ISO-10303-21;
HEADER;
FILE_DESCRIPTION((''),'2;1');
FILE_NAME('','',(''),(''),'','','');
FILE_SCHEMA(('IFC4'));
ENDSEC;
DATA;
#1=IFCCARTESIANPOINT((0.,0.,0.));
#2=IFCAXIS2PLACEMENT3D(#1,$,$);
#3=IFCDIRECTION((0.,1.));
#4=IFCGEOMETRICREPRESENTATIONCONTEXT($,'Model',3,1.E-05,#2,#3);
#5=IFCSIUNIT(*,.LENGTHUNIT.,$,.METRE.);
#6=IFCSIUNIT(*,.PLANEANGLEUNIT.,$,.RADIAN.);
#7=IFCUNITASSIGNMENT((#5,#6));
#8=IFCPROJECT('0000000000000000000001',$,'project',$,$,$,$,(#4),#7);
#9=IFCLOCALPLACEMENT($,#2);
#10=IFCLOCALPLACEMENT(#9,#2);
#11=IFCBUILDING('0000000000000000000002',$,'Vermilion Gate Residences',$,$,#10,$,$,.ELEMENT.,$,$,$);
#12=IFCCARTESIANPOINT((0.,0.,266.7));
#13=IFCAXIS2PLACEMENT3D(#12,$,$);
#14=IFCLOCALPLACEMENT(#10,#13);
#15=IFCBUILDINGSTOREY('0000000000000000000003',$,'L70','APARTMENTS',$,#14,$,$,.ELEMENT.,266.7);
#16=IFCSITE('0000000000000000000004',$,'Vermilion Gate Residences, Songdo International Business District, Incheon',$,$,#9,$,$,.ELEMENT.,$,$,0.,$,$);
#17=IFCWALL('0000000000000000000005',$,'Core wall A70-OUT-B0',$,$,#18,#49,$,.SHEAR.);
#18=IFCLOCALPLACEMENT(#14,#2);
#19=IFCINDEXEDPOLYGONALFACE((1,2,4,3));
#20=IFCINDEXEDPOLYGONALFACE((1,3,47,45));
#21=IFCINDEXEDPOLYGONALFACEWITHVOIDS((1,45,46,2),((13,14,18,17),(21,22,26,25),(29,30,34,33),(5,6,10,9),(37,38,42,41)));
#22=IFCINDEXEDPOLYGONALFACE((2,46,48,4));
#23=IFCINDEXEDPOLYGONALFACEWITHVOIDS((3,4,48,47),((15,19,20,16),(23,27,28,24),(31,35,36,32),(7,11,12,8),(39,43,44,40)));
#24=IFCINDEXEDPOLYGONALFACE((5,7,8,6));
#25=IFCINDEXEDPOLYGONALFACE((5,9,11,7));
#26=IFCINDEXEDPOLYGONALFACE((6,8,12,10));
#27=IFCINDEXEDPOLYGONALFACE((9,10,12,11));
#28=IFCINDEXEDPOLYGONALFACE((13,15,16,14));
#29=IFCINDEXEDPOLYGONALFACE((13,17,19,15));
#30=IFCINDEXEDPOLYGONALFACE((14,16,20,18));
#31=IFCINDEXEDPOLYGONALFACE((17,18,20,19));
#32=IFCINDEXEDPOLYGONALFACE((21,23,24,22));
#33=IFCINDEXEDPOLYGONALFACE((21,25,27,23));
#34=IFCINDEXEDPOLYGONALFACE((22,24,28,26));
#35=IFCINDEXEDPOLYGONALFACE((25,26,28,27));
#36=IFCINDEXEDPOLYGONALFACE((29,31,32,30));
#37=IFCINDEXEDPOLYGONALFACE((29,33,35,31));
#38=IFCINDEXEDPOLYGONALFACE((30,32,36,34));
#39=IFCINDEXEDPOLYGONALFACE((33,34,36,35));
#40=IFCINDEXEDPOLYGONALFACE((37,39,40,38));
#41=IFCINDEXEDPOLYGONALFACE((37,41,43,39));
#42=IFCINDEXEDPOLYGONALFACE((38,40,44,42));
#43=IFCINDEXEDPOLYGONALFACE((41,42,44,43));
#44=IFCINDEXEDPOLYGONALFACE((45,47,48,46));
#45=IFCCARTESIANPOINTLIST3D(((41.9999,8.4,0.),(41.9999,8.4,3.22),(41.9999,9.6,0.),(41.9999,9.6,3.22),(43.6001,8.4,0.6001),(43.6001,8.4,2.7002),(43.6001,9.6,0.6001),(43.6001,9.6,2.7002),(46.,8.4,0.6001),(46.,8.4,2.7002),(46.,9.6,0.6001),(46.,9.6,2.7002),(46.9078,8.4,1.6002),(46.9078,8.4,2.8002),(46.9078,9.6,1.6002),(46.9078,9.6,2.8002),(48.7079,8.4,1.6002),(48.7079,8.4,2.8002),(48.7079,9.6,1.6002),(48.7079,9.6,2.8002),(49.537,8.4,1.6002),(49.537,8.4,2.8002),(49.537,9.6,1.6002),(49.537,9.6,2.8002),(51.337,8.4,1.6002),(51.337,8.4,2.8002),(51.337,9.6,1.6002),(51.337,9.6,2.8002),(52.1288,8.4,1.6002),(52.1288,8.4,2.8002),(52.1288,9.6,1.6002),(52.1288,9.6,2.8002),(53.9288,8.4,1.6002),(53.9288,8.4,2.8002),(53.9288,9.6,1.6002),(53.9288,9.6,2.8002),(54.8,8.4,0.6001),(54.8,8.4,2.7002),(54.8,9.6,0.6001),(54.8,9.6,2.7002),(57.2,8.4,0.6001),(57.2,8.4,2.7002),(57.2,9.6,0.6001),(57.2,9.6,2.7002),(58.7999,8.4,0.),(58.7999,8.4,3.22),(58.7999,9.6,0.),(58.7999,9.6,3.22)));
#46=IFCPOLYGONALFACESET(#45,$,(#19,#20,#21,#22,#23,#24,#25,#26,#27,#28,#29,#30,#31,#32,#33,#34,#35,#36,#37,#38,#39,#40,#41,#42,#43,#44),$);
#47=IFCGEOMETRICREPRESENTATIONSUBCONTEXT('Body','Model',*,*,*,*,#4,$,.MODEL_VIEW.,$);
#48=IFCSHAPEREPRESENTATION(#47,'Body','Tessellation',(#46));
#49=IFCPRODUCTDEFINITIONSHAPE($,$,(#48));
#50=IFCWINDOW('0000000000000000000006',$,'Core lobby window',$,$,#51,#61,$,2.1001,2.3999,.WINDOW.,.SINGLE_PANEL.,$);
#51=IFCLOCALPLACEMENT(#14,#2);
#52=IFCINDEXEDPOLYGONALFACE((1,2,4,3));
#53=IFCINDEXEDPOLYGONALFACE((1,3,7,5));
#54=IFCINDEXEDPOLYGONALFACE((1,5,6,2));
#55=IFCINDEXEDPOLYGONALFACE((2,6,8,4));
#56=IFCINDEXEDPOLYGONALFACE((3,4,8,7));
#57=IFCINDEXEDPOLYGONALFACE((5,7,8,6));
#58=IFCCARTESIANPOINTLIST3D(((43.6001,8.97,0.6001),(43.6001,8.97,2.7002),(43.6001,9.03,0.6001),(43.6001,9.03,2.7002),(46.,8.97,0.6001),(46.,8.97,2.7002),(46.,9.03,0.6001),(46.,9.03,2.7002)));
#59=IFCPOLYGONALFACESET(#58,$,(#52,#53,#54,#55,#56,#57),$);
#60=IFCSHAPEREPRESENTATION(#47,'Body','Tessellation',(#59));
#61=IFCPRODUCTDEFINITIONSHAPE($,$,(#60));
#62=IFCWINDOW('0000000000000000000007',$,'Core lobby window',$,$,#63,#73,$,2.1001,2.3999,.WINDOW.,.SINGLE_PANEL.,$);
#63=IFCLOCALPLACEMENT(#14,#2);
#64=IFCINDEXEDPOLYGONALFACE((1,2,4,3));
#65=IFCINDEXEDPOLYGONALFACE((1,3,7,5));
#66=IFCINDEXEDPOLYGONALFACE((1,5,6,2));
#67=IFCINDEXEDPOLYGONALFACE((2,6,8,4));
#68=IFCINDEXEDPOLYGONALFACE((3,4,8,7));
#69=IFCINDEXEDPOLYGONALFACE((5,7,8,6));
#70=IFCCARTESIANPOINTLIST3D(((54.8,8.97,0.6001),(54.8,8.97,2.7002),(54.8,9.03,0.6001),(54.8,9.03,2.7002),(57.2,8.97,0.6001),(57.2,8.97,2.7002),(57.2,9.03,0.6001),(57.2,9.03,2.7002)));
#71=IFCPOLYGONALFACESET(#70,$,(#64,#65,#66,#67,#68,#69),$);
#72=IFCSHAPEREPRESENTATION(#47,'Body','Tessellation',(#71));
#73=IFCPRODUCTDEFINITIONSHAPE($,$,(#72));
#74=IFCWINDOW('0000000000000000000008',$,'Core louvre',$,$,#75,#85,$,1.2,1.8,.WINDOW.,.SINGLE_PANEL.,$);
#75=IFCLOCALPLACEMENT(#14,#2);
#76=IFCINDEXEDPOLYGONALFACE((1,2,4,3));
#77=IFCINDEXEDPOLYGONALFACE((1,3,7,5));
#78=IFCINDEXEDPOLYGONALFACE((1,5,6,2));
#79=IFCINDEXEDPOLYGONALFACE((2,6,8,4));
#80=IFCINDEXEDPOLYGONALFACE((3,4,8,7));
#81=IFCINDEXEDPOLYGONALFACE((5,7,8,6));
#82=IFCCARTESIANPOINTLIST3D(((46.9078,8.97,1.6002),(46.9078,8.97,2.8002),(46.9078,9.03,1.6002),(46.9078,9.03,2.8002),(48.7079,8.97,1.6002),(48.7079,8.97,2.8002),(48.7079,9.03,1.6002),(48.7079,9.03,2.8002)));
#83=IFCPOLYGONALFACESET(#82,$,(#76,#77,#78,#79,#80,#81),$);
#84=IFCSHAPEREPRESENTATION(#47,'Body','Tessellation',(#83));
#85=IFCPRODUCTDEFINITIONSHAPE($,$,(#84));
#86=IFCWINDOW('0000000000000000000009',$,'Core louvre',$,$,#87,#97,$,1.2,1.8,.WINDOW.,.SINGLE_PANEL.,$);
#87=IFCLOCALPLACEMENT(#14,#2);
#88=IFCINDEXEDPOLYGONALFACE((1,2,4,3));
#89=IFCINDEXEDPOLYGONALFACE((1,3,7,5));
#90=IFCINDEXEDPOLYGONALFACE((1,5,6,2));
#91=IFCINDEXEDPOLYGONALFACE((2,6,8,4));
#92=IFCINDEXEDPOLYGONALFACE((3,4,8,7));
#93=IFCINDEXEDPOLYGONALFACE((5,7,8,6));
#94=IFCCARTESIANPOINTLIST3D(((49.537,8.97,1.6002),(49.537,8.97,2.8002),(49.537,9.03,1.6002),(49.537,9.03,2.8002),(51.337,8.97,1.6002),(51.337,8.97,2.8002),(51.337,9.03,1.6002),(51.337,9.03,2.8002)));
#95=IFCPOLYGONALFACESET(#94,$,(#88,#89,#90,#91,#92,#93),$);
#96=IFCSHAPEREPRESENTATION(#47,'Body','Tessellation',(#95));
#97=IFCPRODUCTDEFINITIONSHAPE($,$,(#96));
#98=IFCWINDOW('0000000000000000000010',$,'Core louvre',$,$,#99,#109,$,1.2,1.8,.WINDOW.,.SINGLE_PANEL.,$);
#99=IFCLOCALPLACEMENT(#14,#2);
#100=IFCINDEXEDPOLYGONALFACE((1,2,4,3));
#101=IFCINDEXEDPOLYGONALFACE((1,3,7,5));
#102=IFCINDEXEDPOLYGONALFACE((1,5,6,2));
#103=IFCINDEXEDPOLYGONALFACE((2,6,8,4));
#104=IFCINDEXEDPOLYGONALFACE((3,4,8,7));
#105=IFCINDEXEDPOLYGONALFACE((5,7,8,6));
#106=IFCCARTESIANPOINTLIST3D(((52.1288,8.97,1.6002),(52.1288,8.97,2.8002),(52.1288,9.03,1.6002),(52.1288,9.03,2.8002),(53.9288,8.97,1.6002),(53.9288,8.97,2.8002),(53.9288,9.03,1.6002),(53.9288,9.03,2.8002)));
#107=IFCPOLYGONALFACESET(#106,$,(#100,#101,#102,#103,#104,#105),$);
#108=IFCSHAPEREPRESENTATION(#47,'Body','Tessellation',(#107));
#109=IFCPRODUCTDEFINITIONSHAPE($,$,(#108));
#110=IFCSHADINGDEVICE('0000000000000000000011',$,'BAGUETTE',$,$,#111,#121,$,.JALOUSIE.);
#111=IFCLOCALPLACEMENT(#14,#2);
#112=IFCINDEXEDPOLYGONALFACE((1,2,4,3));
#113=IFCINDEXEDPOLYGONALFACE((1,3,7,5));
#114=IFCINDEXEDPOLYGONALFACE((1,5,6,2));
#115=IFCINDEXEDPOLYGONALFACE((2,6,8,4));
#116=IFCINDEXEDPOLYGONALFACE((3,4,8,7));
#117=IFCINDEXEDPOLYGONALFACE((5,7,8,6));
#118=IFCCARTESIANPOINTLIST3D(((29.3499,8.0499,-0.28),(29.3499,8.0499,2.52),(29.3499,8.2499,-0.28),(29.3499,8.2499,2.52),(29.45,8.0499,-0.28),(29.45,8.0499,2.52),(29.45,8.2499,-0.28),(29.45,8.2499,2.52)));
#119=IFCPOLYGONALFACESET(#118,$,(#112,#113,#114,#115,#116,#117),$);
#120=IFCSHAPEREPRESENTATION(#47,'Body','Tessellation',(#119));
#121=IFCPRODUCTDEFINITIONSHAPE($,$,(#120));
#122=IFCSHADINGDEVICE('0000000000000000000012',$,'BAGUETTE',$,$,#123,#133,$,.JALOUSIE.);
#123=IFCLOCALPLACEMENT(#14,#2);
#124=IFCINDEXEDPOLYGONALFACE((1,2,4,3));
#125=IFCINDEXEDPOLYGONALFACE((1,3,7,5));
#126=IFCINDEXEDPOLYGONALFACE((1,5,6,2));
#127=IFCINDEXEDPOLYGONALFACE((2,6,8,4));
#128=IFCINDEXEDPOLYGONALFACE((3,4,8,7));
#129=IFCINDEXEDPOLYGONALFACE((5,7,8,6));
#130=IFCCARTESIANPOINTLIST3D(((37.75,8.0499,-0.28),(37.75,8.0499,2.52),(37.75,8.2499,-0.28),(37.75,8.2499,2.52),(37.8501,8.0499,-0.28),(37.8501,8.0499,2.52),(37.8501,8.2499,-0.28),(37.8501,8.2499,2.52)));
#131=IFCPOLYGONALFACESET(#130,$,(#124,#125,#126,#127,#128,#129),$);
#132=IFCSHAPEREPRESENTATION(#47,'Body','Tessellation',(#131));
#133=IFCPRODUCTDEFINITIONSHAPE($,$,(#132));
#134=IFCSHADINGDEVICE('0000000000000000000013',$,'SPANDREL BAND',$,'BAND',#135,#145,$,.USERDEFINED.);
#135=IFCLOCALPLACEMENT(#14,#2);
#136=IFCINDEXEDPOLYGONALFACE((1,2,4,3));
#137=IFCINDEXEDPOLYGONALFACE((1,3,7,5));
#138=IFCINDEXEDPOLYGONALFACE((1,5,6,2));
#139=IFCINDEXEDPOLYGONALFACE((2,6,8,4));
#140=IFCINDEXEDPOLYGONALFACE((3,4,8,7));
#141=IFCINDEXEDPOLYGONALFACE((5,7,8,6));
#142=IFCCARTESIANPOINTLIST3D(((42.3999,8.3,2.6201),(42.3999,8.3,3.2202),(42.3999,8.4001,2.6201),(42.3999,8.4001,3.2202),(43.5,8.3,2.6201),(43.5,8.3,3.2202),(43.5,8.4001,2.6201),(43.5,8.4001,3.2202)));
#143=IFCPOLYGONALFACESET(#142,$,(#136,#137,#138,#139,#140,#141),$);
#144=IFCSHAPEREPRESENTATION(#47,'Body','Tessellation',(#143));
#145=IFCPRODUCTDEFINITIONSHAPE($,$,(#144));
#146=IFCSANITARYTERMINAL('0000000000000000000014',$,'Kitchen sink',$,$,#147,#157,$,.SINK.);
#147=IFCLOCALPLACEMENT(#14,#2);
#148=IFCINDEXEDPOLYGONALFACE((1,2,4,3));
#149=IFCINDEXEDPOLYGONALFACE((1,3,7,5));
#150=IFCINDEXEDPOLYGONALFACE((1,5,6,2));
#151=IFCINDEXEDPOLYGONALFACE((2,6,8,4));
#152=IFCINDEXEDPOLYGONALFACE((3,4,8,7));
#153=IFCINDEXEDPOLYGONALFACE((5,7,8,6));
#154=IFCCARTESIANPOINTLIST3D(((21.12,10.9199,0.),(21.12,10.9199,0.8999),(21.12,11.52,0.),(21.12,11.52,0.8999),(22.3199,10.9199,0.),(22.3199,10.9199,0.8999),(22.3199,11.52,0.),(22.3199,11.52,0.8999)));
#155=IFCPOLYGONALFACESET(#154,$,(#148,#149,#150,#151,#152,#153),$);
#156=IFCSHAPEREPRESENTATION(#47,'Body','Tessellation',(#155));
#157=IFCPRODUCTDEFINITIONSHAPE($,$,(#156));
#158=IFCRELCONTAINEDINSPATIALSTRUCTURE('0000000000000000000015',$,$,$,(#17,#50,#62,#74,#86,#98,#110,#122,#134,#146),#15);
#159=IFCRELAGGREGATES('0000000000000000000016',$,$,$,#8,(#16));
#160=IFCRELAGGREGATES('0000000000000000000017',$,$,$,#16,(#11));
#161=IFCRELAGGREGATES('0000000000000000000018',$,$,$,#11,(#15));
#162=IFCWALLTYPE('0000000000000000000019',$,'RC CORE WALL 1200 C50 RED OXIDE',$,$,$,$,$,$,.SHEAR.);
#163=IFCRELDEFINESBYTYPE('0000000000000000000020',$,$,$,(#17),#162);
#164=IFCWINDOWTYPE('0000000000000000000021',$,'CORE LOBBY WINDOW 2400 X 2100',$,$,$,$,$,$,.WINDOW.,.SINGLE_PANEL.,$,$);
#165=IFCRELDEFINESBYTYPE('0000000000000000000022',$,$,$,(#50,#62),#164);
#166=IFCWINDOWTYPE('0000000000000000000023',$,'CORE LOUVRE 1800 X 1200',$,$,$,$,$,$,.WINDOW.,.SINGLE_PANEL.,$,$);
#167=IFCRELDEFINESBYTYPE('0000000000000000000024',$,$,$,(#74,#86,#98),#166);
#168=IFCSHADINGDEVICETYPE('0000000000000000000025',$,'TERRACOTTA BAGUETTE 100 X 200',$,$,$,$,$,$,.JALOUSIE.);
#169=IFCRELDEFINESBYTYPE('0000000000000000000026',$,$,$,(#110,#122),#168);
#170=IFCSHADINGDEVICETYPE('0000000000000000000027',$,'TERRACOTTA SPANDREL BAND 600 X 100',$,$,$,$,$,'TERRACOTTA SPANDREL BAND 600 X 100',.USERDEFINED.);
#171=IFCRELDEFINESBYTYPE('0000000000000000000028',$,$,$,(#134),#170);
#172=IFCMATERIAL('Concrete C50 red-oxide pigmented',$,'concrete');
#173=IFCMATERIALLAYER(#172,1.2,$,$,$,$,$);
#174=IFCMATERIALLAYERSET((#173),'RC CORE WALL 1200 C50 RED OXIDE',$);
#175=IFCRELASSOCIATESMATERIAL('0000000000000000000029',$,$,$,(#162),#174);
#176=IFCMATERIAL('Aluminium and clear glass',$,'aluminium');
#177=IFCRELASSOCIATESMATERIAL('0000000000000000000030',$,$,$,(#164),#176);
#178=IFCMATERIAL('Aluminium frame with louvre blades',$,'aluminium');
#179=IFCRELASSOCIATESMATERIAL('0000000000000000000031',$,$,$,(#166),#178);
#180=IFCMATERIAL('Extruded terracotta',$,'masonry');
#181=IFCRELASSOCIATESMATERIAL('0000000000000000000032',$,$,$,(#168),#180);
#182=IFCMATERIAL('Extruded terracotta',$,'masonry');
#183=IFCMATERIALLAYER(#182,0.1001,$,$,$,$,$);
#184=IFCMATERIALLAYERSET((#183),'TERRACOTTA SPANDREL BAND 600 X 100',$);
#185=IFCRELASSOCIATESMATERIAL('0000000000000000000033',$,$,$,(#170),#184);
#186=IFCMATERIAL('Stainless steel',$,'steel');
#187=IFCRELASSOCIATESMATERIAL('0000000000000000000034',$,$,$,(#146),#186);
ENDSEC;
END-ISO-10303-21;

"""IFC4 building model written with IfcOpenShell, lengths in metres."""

from ifc_helpers import new_model, si_unit, direction, frame, frame_2d, origin, origin_2d, place, context, subcontext, project, spatial, rectangle, extrude, material, layer, layer_set, material_profile, profile_set, type_object, element, fill, save


model = new_model("IFC4")

# Units and contexts
model_context = context("Model", 3, precision=1e-05, world=origin(), true_north=direction((0.0, 1.0)))
body_context = subcontext(model_context, "Body", "Model", "MODEL_VIEW")
ifc_project = project(units=[si_unit("LENGTHUNIT", "METRE"), si_unit("PLANEANGLEUNIT", "RADIAN")], contexts=[model_context])

# Site, building, storey
site_placement = place(None, origin())
site = spatial("IfcSite", under=ifc_project, at=site_placement, Name="Vermilion Gate Residences, Songdo International Business District, Incheon", CompositionType="ELEMENT", RefElevation=0.0)
building_placement = place(site_placement, origin())
building = spatial("IfcBuilding", under=site, at=building_placement, Name="Vermilion Gate Residences", CompositionType="ELEMENT")
storey_placement = place(building_placement, frame((0.0, 0.0, 266.7)))
storey = spatial("IfcBuildingStorey", under=building, at=storey_placement, Name="L70", Description="APARTMENTS", CompositionType="ELEMENT", Elevation=266.7)

# Wall, openings, windows
ifc_material_1 = material(Name="Concrete C50 red-oxide pigmented", Category="concrete")
ifc_layer_1 = layer(ifc_material_1, 1.2)
ifc_layer_set_1 = layer_set([ifc_layer_1], Name="RC CORE WALL 1200 C50 RED OXIDE")
wall_type_1 = type_object("IfcWallType", Name="RC CORE WALL 1200 C50 RED OXIDE", PredefinedType="SHEAR", material=ifc_layer_set_1)
wall_1_placement = place(storey_placement, frame((42.0, 9.0, 0.0), z_axis=(0.0, 0.0, 1.0), x_axis=(1.0, 0.0, 0.0)))
wall_1 = element("IfcWall", 1, at=wall_1_placement, inside=storey, type_object=wall_type_1, Name="Core wall A70-OUT-B0", PredefinedType="SHEAR", context=body_context, shape_type="SweptSolid", body=[
    extrude(rectangle(XDim=16.8, YDim=1.2, at=frame_2d((8.3999, 0.0))), origin(), (0.0, 0.0, 1.0), 3.22),
])
opening_1_placement = place(wall_1_placement, frame((1.6001, 0.0, 0.6001)))
opening_1 = element("IfcOpeningElement", 2, at=opening_1_placement, cuts=wall_1, PredefinedType="OPENING", context=body_context, shape_type="SweptSolid", body=[
    extrude(rectangle(XDim=2.3999, YDim=2.1001, at=frame_2d((1.2, 1.05))), frame((0.0, 0.6099, 0.0), z_axis=(0.0, -1.0, 0.0), x_axis=(1.0, 0.0, 0.0)), (0.0, 0.0, 1.0), 1.22),
])
opening_2_placement = place(wall_1_placement, frame((4.908, 0.0, 1.6001)))
opening_2 = element("IfcOpeningElement", 3, at=opening_2_placement, cuts=wall_1, PredefinedType="OPENING", context=body_context, shape_type="SweptSolid", body=[
    extrude(rectangle(XDim=1.8, YDim=1.2, at=frame_2d((0.8999, 0.6001))), frame((0.0, 0.6099, 0.0), z_axis=(0.0, -1.0, 0.0), x_axis=(1.0, 0.0, 0.0)), (0.0, 0.0, 1.0), 1.22),
])
opening_3_placement = place(wall_1_placement, frame((7.5371, 0.0, 1.6001)))
opening_3 = element("IfcOpeningElement", 4, at=opening_3_placement, cuts=wall_1, PredefinedType="OPENING", context=body_context, shape_type="SweptSolid", body=[
    extrude(rectangle(XDim=1.8, YDim=1.2, at=frame_2d((0.8999, 0.6001))), frame((0.0, 0.6099, 0.0), z_axis=(0.0, -1.0, 0.0), x_axis=(1.0, 0.0, 0.0)), (0.0, 0.0, 1.0), 1.22),
])
opening_4_placement = place(wall_1_placement, frame((10.1289, 0.0, 1.6001)))
opening_4 = element("IfcOpeningElement", 5, at=opening_4_placement, cuts=wall_1, PredefinedType="OPENING", context=body_context, shape_type="SweptSolid", body=[
    extrude(rectangle(XDim=1.8, YDim=1.2, at=frame_2d((0.8999, 0.6001))), frame((0.0, 0.6099, 0.0), z_axis=(0.0, -1.0, 0.0), x_axis=(1.0, 0.0, 0.0)), (0.0, 0.0, 1.0), 1.22),
])
opening_5_placement = place(wall_1_placement, frame((12.8, 0.0, 0.6001)))
opening_5 = element("IfcOpeningElement", 6, at=opening_5_placement, cuts=wall_1, PredefinedType="OPENING", context=body_context, shape_type="SweptSolid", body=[
    extrude(rectangle(XDim=2.3999, YDim=2.1001, at=frame_2d((1.2, 1.05))), frame((0.0, 0.6099, 0.0), z_axis=(0.0, -1.0, 0.0), x_axis=(1.0, 0.0, 0.0)), (0.0, 0.0, 1.0), 1.22),
])
ifc_material_2 = material(Name="Aluminium and clear glass", Category="aluminium")
window_type_1 = type_object("IfcWindowType", Name="CORE LOBBY WINDOW 2400 X 2100", PartitioningType="SINGLE_PANEL", PredefinedType="WINDOW", material=ifc_material_2)
window_1_placement = place(opening_1_placement, origin())
window_1 = element("IfcWindow", 7, at=window_1_placement, inside=storey, type_object=window_type_1, Name="Core lobby window", OverallHeight=2.1001, OverallWidth=2.3999, PartitioningType="SINGLE_PANEL", PredefinedType="WINDOW", context=body_context, shape_type="SweptSolid", body=[
    extrude(rectangle(XDim=2.3999, YDim=2.1001, at=frame_2d((1.2, 1.05))), frame((0.0, 0.03, 0.0), z_axis=(0.0, -1.0, 0.0), x_axis=(1.0, 0.0, 0.0)), (0.0, 0.0, 1.0), 0.0601),
])
fill(opening_1, window_1)
window_2_placement = place(opening_5_placement, origin())
window_2 = element("IfcWindow", 8, at=window_2_placement, inside=storey, type_object=window_type_1, Name="Core lobby window", OverallHeight=2.1001, OverallWidth=2.3999, PartitioningType="SINGLE_PANEL", PredefinedType="WINDOW", context=body_context, shape_type="SweptSolid", body=[
    extrude(rectangle(XDim=2.3999, YDim=2.1001, at=frame_2d((1.2, 1.05))), frame((0.0, 0.03, 0.0), z_axis=(0.0, -1.0, 0.0), x_axis=(1.0, 0.0, 0.0)), (0.0, 0.0, 1.0), 0.0601),
])
fill(opening_5, window_2)
ifc_material_3 = material(Name="Aluminium frame with louvre blades", Category="aluminium")
window_type_2 = type_object("IfcWindowType", Name="CORE LOUVRE 1800 X 1200", PartitioningType="SINGLE_PANEL", PredefinedType="WINDOW", material=ifc_material_3)
window_3_placement = place(opening_2_placement, origin())
window_3 = element("IfcWindow", 9, at=window_3_placement, inside=storey, type_object=window_type_2, Name="Core louvre", OverallHeight=1.2, OverallWidth=1.8, PartitioningType="SINGLE_PANEL", PredefinedType="WINDOW", context=body_context, shape_type="SweptSolid", body=[
    extrude(rectangle(XDim=1.8, YDim=1.2, at=frame_2d((0.8999, 0.6001))), frame((0.0, 0.03, 0.0), z_axis=(0.0, -1.0, 0.0), x_axis=(1.0, 0.0, 0.0)), (0.0, 0.0, 1.0), 0.0601),
])
fill(opening_2, window_3)
window_4_placement = place(opening_3_placement, origin())
window_4 = element("IfcWindow", 10, at=window_4_placement, inside=storey, type_object=window_type_2, Name="Core louvre", OverallHeight=1.2, OverallWidth=1.8, PartitioningType="SINGLE_PANEL", PredefinedType="WINDOW", context=body_context, shape_type="SweptSolid", body=[
    extrude(rectangle(XDim=1.8, YDim=1.2, at=frame_2d((0.8999, 0.6001))), frame((0.0, 0.03, 0.0), z_axis=(0.0, -1.0, 0.0), x_axis=(1.0, 0.0, 0.0)), (0.0, 0.0, 1.0), 0.0601),
])
fill(opening_3, window_4)
window_5_placement = place(opening_4_placement, origin())
window_5 = element("IfcWindow", 11, at=window_5_placement, inside=storey, type_object=window_type_2, Name="Core louvre", OverallHeight=1.2, OverallWidth=1.8, PartitioningType="SINGLE_PANEL", PredefinedType="WINDOW", context=body_context, shape_type="SweptSolid", body=[
    extrude(rectangle(XDim=1.8, YDim=1.2, at=frame_2d((0.8999, 0.6001))), frame((0.0, 0.03, 0.0), z_axis=(0.0, -1.0, 0.0), x_axis=(1.0, 0.0, 0.0)), (0.0, 0.0, 1.0), 0.0601),
])
fill(opening_4, window_5)

# Shading devices
ifc_material_4 = material(Name="Extruded terracotta", Category="masonry")
ifc_material_profile_1 = material_profile(ifc_material_4, rectangle(XDim=0.2, YDim=0.1001, at=origin_2d()), Name="BAGUETTE 100 X 200")
ifc_profile_set_1 = profile_set([ifc_material_profile_1], Name="Extruded terracotta")
shading_device_type_1 = type_object("IfcShadingDeviceType", Name="TERRACOTTA BAGUETTE 100 X 200", PredefinedType="JALOUSIE", material=ifc_profile_set_1)
for number, where, z_axis, x_axis, name in (
    (12, (29.3999, 8.1499, -0.28), (0.0, 0.0, 1.0), (0.0, 1.0, 0.0), "BAGUETTE"),
    (13, (37.8, 8.1499, -0.28), (0.0, 0.0, 1.0), (0.0, 1.0, 0.0), "BAGUETTE"),
):
    element("IfcShadingDevice", number, at=place(storey_placement, frame(where, z_axis=z_axis, x_axis=x_axis)), inside=storey, type_object=shading_device_type_1, Name=name, PredefinedType="JALOUSIE", context=body_context, shape_type="SweptSolid", body=[
        extrude(rectangle(XDim=0.2, YDim=0.1001, at=origin_2d()), origin(), (0.0, 0.0, 1.0), 2.8),
    ])
ifc_material_5 = material(Name="Extruded terracotta", Category="masonry")
ifc_layer_2 = layer(ifc_material_5, 0.1001)
ifc_layer_set_2 = layer_set([ifc_layer_2], Name="TERRACOTTA SPANDREL BAND 600 X 100")
shading_device_type_2 = type_object("IfcShadingDeviceType", Name="TERRACOTTA SPANDREL BAND 600 X 100", ElementType="TERRACOTTA SPANDREL BAND 600 X 100", PredefinedType="USERDEFINED", material=ifc_layer_set_2)
shading_device_placement = place(storey_placement, frame((42.95, 8.3501, 2.6201), z_axis=(0.0, 0.0, 1.0), x_axis=(1.0, 0.0, 0.0)))
element("IfcShadingDevice", 14, at=shading_device_placement, inside=storey, type_object=shading_device_type_2, Name="SPANDREL BAND", ObjectType="BAND", PredefinedType="USERDEFINED", context=body_context, shape_type="SweptSolid", body=[
    extrude(rectangle(XDim=1.1001, YDim=0.1001, at=origin_2d()), origin(), (0.0, 0.0, 1.0), 0.6001),
])

# Sanitary terminal
ifc_material_6 = material(Name="Stainless steel", Category="steel")
sanitary_terminal_placement = place(storey_placement, frame((21.72, 11.22, 0.0), z_axis=(0.0, 0.0, 1.0), x_axis=(1.0, 0.0, 0.0)))
element("IfcSanitaryTerminal", 15, at=sanitary_terminal_placement, inside=storey, material=ifc_material_6, Name="Kitchen sink", PredefinedType="SINK", context=body_context, shape_type="SweptSolid", body=[
    extrude(rectangle(XDim=1.2, YDim=0.6001, at=origin_2d()), origin(), (0.0, 0.0, 1.0), 0.8999),
])

save(model, "model.ifc")
